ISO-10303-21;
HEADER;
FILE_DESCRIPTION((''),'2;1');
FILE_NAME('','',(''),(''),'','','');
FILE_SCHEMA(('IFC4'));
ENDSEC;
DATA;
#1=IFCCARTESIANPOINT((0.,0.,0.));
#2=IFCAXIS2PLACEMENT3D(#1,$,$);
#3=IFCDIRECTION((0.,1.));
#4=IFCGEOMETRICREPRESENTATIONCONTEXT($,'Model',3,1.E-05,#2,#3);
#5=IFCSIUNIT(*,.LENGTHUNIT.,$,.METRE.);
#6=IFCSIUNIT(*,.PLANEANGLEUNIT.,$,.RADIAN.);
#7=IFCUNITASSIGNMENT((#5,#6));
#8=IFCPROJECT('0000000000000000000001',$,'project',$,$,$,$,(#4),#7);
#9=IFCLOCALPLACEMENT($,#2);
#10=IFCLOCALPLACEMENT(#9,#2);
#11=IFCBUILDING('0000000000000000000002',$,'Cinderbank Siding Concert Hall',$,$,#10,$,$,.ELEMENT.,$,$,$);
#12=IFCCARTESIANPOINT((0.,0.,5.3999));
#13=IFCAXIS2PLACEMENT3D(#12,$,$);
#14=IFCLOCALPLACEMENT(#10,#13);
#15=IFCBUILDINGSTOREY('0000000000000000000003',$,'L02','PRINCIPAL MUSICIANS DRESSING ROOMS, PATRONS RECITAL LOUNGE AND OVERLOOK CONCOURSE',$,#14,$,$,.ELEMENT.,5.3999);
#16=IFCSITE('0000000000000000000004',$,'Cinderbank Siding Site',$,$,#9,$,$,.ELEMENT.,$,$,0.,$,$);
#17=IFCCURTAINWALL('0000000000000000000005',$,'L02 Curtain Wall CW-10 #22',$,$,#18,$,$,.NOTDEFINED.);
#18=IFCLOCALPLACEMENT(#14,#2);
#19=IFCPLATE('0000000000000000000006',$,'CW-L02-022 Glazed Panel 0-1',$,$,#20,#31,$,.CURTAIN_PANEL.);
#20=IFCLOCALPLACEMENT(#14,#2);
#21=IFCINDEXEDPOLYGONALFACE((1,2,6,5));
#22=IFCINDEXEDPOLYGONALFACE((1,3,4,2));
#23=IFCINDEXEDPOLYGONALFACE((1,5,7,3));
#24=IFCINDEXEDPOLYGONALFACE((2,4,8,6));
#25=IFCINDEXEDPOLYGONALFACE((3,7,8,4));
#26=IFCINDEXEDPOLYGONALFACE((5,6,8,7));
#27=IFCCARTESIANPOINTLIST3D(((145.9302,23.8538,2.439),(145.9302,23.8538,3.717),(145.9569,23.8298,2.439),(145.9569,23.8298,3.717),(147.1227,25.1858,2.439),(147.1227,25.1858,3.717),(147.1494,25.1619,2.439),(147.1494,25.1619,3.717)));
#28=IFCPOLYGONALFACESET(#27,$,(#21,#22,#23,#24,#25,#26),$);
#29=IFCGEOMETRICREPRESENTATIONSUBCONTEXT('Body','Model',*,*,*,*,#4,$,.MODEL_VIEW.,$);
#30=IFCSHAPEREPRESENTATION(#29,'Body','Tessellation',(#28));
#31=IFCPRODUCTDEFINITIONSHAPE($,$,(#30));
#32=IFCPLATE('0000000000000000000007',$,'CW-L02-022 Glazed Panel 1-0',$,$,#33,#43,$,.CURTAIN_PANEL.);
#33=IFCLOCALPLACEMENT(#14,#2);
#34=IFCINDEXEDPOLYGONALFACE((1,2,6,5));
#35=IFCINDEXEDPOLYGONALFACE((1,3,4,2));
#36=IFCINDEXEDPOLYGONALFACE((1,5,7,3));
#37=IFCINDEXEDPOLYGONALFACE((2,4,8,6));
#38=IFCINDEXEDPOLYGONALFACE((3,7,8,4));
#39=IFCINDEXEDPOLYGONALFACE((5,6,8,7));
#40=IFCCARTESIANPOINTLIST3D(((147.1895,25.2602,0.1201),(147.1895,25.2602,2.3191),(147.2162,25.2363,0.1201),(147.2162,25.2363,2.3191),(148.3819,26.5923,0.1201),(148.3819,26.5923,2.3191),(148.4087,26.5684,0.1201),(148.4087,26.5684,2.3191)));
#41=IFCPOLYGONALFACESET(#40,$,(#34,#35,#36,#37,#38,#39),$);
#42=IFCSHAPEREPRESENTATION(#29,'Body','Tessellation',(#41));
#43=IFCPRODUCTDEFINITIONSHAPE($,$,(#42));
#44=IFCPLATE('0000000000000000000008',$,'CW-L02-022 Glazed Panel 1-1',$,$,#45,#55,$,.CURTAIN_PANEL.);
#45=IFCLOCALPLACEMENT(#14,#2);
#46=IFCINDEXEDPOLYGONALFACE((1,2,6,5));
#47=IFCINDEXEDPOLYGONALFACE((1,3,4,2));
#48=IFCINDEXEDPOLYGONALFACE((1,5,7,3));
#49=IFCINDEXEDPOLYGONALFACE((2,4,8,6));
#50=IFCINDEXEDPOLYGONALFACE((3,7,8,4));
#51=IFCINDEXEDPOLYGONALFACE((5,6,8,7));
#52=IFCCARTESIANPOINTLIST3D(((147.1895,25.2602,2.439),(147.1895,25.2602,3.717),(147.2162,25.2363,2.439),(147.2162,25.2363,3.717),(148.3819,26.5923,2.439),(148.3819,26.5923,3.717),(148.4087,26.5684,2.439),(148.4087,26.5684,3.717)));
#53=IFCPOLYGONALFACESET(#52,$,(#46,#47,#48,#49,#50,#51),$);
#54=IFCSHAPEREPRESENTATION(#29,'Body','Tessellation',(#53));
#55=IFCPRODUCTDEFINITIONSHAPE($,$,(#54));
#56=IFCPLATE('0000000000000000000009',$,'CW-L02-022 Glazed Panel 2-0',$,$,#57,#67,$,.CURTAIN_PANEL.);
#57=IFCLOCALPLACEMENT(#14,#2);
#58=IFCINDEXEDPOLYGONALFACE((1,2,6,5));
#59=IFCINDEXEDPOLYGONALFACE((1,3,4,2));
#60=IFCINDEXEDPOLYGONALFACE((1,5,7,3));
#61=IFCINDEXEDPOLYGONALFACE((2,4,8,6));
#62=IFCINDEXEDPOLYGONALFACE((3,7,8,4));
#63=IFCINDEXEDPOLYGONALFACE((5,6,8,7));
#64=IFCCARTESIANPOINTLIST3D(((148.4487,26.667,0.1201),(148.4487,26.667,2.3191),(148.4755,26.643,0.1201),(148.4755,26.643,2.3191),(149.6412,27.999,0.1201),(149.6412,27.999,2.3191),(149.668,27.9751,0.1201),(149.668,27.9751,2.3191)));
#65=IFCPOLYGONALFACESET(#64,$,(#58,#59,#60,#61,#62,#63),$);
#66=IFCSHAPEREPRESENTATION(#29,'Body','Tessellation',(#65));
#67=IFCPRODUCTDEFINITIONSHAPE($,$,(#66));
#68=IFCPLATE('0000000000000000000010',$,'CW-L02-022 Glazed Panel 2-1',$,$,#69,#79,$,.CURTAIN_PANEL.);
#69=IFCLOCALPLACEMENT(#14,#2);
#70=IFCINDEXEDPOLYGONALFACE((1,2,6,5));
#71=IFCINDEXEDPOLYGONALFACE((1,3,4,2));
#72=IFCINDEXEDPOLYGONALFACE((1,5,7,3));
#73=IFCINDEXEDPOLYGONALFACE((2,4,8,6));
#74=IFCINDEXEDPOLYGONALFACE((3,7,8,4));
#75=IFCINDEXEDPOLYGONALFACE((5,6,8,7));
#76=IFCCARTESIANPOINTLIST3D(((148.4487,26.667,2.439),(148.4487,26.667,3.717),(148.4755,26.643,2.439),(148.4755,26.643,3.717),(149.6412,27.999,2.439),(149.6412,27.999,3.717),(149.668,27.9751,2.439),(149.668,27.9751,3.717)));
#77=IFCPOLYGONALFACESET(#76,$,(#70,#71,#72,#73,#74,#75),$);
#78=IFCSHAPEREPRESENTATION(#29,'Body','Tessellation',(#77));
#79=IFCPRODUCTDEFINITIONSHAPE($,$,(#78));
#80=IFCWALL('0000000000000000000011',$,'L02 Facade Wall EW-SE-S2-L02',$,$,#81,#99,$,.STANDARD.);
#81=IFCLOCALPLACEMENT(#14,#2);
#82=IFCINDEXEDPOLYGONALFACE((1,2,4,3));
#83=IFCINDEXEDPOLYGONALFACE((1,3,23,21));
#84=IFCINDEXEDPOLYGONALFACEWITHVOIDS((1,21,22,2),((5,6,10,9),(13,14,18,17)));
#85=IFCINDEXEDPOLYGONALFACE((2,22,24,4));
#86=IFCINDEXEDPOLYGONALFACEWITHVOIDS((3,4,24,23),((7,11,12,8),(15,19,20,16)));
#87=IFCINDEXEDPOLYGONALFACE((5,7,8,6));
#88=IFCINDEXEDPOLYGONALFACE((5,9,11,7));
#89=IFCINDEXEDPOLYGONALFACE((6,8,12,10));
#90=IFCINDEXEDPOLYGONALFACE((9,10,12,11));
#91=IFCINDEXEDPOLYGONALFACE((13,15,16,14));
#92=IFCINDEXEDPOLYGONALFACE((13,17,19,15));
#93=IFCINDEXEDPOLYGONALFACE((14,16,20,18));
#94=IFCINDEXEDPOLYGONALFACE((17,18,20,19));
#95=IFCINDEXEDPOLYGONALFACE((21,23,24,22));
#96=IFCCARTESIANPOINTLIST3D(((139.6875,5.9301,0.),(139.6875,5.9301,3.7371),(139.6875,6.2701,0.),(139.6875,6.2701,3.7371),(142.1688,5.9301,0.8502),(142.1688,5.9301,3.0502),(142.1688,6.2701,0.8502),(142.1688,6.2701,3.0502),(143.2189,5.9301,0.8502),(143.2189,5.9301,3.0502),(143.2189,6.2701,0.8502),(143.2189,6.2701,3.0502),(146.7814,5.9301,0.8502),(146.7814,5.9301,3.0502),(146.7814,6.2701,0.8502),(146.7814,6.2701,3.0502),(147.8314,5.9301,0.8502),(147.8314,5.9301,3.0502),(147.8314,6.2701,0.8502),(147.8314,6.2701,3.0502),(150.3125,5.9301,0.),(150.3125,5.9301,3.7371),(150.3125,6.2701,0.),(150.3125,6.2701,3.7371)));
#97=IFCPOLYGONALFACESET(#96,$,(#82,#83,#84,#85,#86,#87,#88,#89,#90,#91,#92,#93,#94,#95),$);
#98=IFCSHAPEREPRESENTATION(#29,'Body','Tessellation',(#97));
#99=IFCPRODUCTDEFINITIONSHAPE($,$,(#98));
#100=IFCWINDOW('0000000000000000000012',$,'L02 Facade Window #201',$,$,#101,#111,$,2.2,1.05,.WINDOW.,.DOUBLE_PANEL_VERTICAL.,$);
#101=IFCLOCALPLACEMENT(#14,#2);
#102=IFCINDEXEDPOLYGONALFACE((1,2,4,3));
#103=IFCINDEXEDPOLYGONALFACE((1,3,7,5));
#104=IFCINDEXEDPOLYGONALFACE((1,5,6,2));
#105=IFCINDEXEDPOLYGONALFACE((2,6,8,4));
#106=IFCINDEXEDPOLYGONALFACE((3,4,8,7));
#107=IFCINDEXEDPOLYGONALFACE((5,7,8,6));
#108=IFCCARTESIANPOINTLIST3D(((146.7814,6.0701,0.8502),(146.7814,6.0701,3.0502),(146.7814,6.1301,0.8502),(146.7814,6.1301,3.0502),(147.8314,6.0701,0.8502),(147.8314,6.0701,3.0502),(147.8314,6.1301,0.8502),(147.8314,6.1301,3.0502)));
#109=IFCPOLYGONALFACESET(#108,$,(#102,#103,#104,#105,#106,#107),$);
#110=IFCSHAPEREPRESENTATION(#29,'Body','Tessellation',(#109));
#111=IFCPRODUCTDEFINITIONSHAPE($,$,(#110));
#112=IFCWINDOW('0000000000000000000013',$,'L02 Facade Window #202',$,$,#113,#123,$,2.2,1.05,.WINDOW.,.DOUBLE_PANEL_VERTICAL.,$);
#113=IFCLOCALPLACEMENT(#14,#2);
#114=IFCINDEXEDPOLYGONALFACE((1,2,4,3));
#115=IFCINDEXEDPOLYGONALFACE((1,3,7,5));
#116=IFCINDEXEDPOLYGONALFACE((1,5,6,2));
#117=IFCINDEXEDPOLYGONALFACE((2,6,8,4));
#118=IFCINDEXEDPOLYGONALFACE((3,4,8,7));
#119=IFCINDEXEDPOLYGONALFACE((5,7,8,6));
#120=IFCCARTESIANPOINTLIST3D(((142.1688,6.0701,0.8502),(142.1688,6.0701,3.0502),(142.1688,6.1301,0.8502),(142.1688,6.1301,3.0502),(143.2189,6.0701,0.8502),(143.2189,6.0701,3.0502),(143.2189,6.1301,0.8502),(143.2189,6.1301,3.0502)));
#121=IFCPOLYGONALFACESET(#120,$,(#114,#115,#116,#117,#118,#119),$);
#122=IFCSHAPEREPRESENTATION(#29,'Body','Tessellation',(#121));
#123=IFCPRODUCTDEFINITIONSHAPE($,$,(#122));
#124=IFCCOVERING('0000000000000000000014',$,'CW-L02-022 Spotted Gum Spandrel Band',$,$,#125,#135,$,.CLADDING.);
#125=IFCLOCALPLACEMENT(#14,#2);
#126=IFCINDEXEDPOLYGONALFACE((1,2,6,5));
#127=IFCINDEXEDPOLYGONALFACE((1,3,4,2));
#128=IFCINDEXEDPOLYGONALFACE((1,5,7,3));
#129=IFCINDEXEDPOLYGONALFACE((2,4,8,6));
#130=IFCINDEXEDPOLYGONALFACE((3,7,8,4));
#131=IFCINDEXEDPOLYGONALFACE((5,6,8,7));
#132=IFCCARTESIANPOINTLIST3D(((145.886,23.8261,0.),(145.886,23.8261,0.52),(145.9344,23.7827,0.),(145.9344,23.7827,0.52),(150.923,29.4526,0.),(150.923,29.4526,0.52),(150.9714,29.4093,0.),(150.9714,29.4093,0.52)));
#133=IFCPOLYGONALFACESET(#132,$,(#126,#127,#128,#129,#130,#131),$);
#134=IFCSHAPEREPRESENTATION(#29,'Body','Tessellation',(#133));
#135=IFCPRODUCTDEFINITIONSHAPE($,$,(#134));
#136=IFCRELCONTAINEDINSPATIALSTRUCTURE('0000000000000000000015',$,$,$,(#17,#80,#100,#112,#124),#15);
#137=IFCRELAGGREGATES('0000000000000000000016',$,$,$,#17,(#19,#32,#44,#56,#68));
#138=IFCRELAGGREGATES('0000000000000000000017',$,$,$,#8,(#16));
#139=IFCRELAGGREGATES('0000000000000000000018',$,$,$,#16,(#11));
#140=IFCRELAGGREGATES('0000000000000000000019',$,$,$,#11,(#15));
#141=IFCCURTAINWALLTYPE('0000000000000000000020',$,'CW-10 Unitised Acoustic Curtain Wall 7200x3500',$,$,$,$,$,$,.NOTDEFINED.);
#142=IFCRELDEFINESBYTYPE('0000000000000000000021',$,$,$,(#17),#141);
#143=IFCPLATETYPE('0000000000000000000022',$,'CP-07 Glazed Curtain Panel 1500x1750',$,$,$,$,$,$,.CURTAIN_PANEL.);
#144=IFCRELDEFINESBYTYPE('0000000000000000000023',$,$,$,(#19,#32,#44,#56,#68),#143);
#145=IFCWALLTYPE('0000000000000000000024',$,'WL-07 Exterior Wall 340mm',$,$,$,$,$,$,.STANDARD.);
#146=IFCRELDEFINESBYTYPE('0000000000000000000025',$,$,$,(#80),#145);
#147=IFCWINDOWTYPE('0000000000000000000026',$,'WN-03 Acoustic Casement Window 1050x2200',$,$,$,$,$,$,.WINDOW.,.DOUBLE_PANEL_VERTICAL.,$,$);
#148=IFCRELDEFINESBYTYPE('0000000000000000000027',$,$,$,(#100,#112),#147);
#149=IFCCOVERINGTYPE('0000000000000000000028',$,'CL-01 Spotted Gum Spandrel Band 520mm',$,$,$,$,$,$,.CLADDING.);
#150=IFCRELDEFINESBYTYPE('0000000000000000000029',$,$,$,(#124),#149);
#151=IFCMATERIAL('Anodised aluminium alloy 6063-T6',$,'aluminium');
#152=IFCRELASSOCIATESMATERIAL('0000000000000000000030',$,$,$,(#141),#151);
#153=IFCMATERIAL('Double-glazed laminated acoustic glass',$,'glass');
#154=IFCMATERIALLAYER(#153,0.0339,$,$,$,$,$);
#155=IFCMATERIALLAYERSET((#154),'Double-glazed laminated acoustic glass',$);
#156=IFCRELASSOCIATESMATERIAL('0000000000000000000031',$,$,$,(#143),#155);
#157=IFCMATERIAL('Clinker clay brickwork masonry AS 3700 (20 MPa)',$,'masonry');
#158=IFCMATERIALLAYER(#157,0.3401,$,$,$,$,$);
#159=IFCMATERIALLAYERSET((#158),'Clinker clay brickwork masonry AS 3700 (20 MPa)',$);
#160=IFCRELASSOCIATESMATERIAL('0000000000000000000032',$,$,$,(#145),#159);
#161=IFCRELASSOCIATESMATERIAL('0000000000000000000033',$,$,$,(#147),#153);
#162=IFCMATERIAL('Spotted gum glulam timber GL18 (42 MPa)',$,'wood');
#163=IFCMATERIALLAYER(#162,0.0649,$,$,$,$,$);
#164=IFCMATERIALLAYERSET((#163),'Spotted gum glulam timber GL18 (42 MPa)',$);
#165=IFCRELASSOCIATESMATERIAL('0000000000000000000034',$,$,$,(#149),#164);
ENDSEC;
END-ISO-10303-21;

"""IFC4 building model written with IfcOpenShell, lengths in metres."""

from ifc_helpers import new_model, si_unit, direction, frame, frame_2d, origin, origin_2d, place, context, subcontext, project, spatial, rectangle, extrude, material, layer, layer_set, type_object, element, fill, aggregate, save


model = new_model("IFC4")

# Units and contexts
model_context = context("Model", 3, precision=1e-05, world=origin(), true_north=direction((0.0, 1.0)))
body_context = subcontext(model_context, "Body", "Model", "MODEL_VIEW")
ifc_project = project(units=[si_unit("LENGTHUNIT", "METRE"), si_unit("PLANEANGLEUNIT", "RADIAN")], contexts=[model_context])

# Site, building, storey
site_placement = place(None, origin())
site = spatial("IfcSite", under=ifc_project, at=site_placement, Name="Cinderbank Siding Site", CompositionType="ELEMENT", RefElevation=0.0)
building_placement = place(site_placement, origin())
building = spatial("IfcBuilding", under=site, at=building_placement, Name="Cinderbank Siding Concert Hall", CompositionType="ELEMENT")
storey_placement = place(building_placement, frame((0.0, 0.0, 5.3999)))
storey = spatial("IfcBuildingStorey", under=building, at=storey_placement, Name="L02", Description="PRINCIPAL MUSICIANS DRESSING ROOMS, PATRONS RECITAL LOUNGE AND OVERLOOK CONCOURSE", CompositionType="ELEMENT", Elevation=5.3999)

# Curtain wall
ifc_material_1 = material(Name="Anodised aluminium alloy 6063-T6", Category="aluminium")
curtain_wall_type_1 = type_object("IfcCurtainWallType", Name="CW-10 Unitised Acoustic Curtain Wall 7200x3500", PredefinedType="NOTDEFINED", material=ifc_material_1)
curtain_wall_1_placement = place(storey_placement, origin())
curtain_wall_1 = element("IfcCurtainWall", 1, at=curtain_wall_1_placement, inside=storey, type_object=curtain_wall_type_1, Name="L02 Curtain Wall CW-10 #22", PredefinedType="NOTDEFINED")

# Shared definitions
ifc_material_2 = material(Name="Spotted gum glulam timber GL18 (42 MPa)", Category="wood")

# Plates
ifc_material_3 = material(Name="Double-glazed laminated acoustic glass", Category="glass")
ifc_layer_1 = layer(ifc_material_3, 0.0339)
ifc_layer_set_1 = layer_set([ifc_layer_1], Name="Double-glazed laminated acoustic glass")
plate_type_1 = type_object("IfcPlateType", Name="CP-07 Glazed Curtain Panel 1500x1750", PredefinedType="CURTAIN_PANEL", material=ifc_layer_set_1)
plate_1_placement = place(storey_placement, frame((146.5398, 24.5078, 2.439), z_axis=(0.0, 0.0, 1.0), x_axis=(0.666993, 0.745064, 0.0)))
plate_1 = element("IfcPlate", 2, at=plate_1_placement, type_object=plate_type_1, Name="CW-L02-022 Glazed Panel 0-1", PredefinedType="CURTAIN_PANEL", context=body_context, shape_type="SweptSolid", body=[
    extrude(rectangle(XDim=1.7878, YDim=0.0359, at=origin_2d()), origin(), (0.0, 0.0, 1.0), 1.2781),
])
plate_2_placement = place(storey_placement, frame((147.7991, 25.9143, 0.1201), z_axis=(0.0, 0.0, 1.0), x_axis=(0.666993, 0.745064, 0.0)))
plate_2 = element("IfcPlate", 3, at=plate_2_placement, type_object=plate_type_1, Name="CW-L02-022 Glazed Panel 1-0", PredefinedType="CURTAIN_PANEL", context=body_context, shape_type="SweptSolid", body=[
    extrude(rectangle(XDim=1.7878, YDim=0.0359, at=origin_2d()), origin(), (0.0, 0.0, 1.0), 2.199),
])
plate_3_placement = place(storey_placement, frame((147.7991, 25.9143, 2.439), z_axis=(0.0, 0.0, 1.0), x_axis=(0.666993, 0.745064, 0.0)))
plate_3 = element("IfcPlate", 4, at=plate_3_placement, type_object=plate_type_1, Name="CW-L02-022 Glazed Panel 1-1", PredefinedType="CURTAIN_PANEL", context=body_context, shape_type="SweptSolid", body=[
    extrude(rectangle(XDim=1.7878, YDim=0.0359, at=origin_2d()), origin(), (0.0, 0.0, 1.0), 1.2781),
])
plate_4_placement = place(storey_placement, frame((149.0583, 27.321, 0.1201), z_axis=(0.0, 0.0, 1.0), x_axis=(0.666993, 0.745064, 0.0)))
plate_4 = element("IfcPlate", 5, at=plate_4_placement, type_object=plate_type_1, Name="CW-L02-022 Glazed Panel 2-0", PredefinedType="CURTAIN_PANEL", context=body_context, shape_type="SweptSolid", body=[
    extrude(rectangle(XDim=1.7878, YDim=0.0359, at=origin_2d()), origin(), (0.0, 0.0, 1.0), 2.199),
])
plate_5_placement = place(storey_placement, frame((149.0583, 27.321, 2.439), z_axis=(0.0, 0.0, 1.0), x_axis=(0.666993, 0.745064, 0.0)))
plate_5 = element("IfcPlate", 6, at=plate_5_placement, type_object=plate_type_1, Name="CW-L02-022 Glazed Panel 2-1", PredefinedType="CURTAIN_PANEL", context=body_context, shape_type="SweptSolid", body=[
    extrude(rectangle(XDim=1.7878, YDim=0.0359, at=origin_2d()), origin(), (0.0, 0.0, 1.0), 1.2781),
])
aggregate(curtain_wall_1, [plate_1, plate_2, plate_3, plate_4, plate_5])

# Wall, openings, windows
ifc_material_4 = material(Name="Clinker clay brickwork masonry AS 3700 (20 MPa)", Category="masonry")
ifc_layer_2 = layer(ifc_material_4, 0.3401)
ifc_layer_set_2 = layer_set([ifc_layer_2], Name="Clinker clay brickwork masonry AS 3700 (20 MPa)")
wall_type = type_object("IfcWallType", Name="WL-07 Exterior Wall 340mm", PredefinedType="STANDARD", material=ifc_layer_set_2)
wall_placement = place(storey_placement, frame((150.3125, 6.1001, 0.0), z_axis=(0.0, 0.0, 1.0), x_axis=(-1.0, 0.0, 0.0)))
wall = element("IfcWall", 7, at=wall_placement, inside=storey, type_object=wall_type, Name="L02 Facade Wall EW-SE-S2-L02", PredefinedType="STANDARD", context=body_context, shape_type="SweptSolid", body=[
    extrude(rectangle(XDim=10.625, YDim=0.3401, at=frame_2d((5.3125, 0.0))), origin(), (0.0, 0.0, 1.0), 3.7371),
])
opening_1_placement = place(wall_placement, frame((2.4812, 0.0, 0.8501)))
opening_1 = element("IfcOpeningElement", 8, at=opening_1_placement, cuts=wall, PredefinedType="OPENING", context=body_context, shape_type="SweptSolid", body=[
    extrude(rectangle(XDim=1.05, YDim=2.2, at=frame_2d((0.5249, 1.1001))), frame((0.0, 0.1821, 0.0), z_axis=(0.0, -1.0, 0.0), x_axis=(1.0, 0.0, 0.0)), (0.0, 0.0, 1.0), 0.364),
])
opening_2_placement = place(wall_placement, frame((7.0938, 0.0, 0.8501)))
opening_2 = element("IfcOpeningElement", 9, at=opening_2_placement, cuts=wall, PredefinedType="OPENING", context=body_context, shape_type="SweptSolid", body=[
    extrude(rectangle(XDim=1.05, YDim=2.2, at=frame_2d((0.5249, 1.1001))), frame((0.0, 0.1821, 0.0), z_axis=(0.0, -1.0, 0.0), x_axis=(1.0, 0.0, 0.0)), (0.0, 0.0, 1.0), 0.364),
])
window_type = type_object("IfcWindowType", Name="WN-03 Acoustic Casement Window 1050x2200", PartitioningType="DOUBLE_PANEL_VERTICAL", PredefinedType="WINDOW", material=ifc_material_3)
window_1_placement = place(opening_1_placement, origin())
window_1 = element("IfcWindow", 10, at=window_1_placement, inside=storey, type_object=window_type, Name="L02 Facade Window #201", OverallHeight=2.2, OverallWidth=1.05, PartitioningType="DOUBLE_PANEL_VERTICAL", PredefinedType="WINDOW", context=body_context, shape_type="SweptSolid", body=[
    extrude(rectangle(XDim=1.05, YDim=2.2, at=frame_2d((0.5249, 1.1001))), frame((0.0, 0.03, 0.0), z_axis=(0.0, -1.0, 0.0), x_axis=(1.0, 0.0, 0.0)), (0.0, 0.0, 1.0), 0.0601),
])
fill(opening_1, window_1)
window_2_placement = place(opening_2_placement, origin())
window_2 = element("IfcWindow", 11, at=window_2_placement, inside=storey, type_object=window_type, Name="L02 Facade Window #202", OverallHeight=2.2, OverallWidth=1.05, PartitioningType="DOUBLE_PANEL_VERTICAL", PredefinedType="WINDOW", context=body_context, shape_type="SweptSolid", body=[
    extrude(rectangle(XDim=1.05, YDim=2.2, at=frame_2d((0.5249, 1.1001))), frame((0.0, 0.03, 0.0), z_axis=(0.0, -1.0, 0.0), x_axis=(1.0, 0.0, 0.0)), (0.0, 0.0, 1.0), 0.0601),
])
fill(opening_2, window_2)

# Covering
ifc_layer_3 = layer(ifc_material_2, 0.0649)
ifc_layer_set_3 = layer_set([ifc_layer_3], Name="Spotted gum glulam timber GL18 (42 MPa)")
covering_type = type_object("IfcCoveringType", Name="CL-01 Spotted Gum Spandrel Band 520mm", PredefinedType="CLADDING", material=ifc_layer_set_3)
covering_placement = place(storey_placement, frame((148.4287, 26.6177, 0.0), z_axis=(0.0, 0.0, 1.0), x_axis=(0.666993, 0.745064, 0.0)))
element("IfcCovering", 12, at=covering_placement, inside=storey, type_object=covering_type, Name="CW-L02-022 Spotted Gum Spandrel Band", PredefinedType="CLADDING", context=body_context, shape_type="SweptSolid", body=[
    extrude(rectangle(XDim=7.5518, YDim=0.0649, at=origin_2d()), origin(), (0.0, 0.0, 1.0), 0.52),
])

save(model, "model.ifc")
